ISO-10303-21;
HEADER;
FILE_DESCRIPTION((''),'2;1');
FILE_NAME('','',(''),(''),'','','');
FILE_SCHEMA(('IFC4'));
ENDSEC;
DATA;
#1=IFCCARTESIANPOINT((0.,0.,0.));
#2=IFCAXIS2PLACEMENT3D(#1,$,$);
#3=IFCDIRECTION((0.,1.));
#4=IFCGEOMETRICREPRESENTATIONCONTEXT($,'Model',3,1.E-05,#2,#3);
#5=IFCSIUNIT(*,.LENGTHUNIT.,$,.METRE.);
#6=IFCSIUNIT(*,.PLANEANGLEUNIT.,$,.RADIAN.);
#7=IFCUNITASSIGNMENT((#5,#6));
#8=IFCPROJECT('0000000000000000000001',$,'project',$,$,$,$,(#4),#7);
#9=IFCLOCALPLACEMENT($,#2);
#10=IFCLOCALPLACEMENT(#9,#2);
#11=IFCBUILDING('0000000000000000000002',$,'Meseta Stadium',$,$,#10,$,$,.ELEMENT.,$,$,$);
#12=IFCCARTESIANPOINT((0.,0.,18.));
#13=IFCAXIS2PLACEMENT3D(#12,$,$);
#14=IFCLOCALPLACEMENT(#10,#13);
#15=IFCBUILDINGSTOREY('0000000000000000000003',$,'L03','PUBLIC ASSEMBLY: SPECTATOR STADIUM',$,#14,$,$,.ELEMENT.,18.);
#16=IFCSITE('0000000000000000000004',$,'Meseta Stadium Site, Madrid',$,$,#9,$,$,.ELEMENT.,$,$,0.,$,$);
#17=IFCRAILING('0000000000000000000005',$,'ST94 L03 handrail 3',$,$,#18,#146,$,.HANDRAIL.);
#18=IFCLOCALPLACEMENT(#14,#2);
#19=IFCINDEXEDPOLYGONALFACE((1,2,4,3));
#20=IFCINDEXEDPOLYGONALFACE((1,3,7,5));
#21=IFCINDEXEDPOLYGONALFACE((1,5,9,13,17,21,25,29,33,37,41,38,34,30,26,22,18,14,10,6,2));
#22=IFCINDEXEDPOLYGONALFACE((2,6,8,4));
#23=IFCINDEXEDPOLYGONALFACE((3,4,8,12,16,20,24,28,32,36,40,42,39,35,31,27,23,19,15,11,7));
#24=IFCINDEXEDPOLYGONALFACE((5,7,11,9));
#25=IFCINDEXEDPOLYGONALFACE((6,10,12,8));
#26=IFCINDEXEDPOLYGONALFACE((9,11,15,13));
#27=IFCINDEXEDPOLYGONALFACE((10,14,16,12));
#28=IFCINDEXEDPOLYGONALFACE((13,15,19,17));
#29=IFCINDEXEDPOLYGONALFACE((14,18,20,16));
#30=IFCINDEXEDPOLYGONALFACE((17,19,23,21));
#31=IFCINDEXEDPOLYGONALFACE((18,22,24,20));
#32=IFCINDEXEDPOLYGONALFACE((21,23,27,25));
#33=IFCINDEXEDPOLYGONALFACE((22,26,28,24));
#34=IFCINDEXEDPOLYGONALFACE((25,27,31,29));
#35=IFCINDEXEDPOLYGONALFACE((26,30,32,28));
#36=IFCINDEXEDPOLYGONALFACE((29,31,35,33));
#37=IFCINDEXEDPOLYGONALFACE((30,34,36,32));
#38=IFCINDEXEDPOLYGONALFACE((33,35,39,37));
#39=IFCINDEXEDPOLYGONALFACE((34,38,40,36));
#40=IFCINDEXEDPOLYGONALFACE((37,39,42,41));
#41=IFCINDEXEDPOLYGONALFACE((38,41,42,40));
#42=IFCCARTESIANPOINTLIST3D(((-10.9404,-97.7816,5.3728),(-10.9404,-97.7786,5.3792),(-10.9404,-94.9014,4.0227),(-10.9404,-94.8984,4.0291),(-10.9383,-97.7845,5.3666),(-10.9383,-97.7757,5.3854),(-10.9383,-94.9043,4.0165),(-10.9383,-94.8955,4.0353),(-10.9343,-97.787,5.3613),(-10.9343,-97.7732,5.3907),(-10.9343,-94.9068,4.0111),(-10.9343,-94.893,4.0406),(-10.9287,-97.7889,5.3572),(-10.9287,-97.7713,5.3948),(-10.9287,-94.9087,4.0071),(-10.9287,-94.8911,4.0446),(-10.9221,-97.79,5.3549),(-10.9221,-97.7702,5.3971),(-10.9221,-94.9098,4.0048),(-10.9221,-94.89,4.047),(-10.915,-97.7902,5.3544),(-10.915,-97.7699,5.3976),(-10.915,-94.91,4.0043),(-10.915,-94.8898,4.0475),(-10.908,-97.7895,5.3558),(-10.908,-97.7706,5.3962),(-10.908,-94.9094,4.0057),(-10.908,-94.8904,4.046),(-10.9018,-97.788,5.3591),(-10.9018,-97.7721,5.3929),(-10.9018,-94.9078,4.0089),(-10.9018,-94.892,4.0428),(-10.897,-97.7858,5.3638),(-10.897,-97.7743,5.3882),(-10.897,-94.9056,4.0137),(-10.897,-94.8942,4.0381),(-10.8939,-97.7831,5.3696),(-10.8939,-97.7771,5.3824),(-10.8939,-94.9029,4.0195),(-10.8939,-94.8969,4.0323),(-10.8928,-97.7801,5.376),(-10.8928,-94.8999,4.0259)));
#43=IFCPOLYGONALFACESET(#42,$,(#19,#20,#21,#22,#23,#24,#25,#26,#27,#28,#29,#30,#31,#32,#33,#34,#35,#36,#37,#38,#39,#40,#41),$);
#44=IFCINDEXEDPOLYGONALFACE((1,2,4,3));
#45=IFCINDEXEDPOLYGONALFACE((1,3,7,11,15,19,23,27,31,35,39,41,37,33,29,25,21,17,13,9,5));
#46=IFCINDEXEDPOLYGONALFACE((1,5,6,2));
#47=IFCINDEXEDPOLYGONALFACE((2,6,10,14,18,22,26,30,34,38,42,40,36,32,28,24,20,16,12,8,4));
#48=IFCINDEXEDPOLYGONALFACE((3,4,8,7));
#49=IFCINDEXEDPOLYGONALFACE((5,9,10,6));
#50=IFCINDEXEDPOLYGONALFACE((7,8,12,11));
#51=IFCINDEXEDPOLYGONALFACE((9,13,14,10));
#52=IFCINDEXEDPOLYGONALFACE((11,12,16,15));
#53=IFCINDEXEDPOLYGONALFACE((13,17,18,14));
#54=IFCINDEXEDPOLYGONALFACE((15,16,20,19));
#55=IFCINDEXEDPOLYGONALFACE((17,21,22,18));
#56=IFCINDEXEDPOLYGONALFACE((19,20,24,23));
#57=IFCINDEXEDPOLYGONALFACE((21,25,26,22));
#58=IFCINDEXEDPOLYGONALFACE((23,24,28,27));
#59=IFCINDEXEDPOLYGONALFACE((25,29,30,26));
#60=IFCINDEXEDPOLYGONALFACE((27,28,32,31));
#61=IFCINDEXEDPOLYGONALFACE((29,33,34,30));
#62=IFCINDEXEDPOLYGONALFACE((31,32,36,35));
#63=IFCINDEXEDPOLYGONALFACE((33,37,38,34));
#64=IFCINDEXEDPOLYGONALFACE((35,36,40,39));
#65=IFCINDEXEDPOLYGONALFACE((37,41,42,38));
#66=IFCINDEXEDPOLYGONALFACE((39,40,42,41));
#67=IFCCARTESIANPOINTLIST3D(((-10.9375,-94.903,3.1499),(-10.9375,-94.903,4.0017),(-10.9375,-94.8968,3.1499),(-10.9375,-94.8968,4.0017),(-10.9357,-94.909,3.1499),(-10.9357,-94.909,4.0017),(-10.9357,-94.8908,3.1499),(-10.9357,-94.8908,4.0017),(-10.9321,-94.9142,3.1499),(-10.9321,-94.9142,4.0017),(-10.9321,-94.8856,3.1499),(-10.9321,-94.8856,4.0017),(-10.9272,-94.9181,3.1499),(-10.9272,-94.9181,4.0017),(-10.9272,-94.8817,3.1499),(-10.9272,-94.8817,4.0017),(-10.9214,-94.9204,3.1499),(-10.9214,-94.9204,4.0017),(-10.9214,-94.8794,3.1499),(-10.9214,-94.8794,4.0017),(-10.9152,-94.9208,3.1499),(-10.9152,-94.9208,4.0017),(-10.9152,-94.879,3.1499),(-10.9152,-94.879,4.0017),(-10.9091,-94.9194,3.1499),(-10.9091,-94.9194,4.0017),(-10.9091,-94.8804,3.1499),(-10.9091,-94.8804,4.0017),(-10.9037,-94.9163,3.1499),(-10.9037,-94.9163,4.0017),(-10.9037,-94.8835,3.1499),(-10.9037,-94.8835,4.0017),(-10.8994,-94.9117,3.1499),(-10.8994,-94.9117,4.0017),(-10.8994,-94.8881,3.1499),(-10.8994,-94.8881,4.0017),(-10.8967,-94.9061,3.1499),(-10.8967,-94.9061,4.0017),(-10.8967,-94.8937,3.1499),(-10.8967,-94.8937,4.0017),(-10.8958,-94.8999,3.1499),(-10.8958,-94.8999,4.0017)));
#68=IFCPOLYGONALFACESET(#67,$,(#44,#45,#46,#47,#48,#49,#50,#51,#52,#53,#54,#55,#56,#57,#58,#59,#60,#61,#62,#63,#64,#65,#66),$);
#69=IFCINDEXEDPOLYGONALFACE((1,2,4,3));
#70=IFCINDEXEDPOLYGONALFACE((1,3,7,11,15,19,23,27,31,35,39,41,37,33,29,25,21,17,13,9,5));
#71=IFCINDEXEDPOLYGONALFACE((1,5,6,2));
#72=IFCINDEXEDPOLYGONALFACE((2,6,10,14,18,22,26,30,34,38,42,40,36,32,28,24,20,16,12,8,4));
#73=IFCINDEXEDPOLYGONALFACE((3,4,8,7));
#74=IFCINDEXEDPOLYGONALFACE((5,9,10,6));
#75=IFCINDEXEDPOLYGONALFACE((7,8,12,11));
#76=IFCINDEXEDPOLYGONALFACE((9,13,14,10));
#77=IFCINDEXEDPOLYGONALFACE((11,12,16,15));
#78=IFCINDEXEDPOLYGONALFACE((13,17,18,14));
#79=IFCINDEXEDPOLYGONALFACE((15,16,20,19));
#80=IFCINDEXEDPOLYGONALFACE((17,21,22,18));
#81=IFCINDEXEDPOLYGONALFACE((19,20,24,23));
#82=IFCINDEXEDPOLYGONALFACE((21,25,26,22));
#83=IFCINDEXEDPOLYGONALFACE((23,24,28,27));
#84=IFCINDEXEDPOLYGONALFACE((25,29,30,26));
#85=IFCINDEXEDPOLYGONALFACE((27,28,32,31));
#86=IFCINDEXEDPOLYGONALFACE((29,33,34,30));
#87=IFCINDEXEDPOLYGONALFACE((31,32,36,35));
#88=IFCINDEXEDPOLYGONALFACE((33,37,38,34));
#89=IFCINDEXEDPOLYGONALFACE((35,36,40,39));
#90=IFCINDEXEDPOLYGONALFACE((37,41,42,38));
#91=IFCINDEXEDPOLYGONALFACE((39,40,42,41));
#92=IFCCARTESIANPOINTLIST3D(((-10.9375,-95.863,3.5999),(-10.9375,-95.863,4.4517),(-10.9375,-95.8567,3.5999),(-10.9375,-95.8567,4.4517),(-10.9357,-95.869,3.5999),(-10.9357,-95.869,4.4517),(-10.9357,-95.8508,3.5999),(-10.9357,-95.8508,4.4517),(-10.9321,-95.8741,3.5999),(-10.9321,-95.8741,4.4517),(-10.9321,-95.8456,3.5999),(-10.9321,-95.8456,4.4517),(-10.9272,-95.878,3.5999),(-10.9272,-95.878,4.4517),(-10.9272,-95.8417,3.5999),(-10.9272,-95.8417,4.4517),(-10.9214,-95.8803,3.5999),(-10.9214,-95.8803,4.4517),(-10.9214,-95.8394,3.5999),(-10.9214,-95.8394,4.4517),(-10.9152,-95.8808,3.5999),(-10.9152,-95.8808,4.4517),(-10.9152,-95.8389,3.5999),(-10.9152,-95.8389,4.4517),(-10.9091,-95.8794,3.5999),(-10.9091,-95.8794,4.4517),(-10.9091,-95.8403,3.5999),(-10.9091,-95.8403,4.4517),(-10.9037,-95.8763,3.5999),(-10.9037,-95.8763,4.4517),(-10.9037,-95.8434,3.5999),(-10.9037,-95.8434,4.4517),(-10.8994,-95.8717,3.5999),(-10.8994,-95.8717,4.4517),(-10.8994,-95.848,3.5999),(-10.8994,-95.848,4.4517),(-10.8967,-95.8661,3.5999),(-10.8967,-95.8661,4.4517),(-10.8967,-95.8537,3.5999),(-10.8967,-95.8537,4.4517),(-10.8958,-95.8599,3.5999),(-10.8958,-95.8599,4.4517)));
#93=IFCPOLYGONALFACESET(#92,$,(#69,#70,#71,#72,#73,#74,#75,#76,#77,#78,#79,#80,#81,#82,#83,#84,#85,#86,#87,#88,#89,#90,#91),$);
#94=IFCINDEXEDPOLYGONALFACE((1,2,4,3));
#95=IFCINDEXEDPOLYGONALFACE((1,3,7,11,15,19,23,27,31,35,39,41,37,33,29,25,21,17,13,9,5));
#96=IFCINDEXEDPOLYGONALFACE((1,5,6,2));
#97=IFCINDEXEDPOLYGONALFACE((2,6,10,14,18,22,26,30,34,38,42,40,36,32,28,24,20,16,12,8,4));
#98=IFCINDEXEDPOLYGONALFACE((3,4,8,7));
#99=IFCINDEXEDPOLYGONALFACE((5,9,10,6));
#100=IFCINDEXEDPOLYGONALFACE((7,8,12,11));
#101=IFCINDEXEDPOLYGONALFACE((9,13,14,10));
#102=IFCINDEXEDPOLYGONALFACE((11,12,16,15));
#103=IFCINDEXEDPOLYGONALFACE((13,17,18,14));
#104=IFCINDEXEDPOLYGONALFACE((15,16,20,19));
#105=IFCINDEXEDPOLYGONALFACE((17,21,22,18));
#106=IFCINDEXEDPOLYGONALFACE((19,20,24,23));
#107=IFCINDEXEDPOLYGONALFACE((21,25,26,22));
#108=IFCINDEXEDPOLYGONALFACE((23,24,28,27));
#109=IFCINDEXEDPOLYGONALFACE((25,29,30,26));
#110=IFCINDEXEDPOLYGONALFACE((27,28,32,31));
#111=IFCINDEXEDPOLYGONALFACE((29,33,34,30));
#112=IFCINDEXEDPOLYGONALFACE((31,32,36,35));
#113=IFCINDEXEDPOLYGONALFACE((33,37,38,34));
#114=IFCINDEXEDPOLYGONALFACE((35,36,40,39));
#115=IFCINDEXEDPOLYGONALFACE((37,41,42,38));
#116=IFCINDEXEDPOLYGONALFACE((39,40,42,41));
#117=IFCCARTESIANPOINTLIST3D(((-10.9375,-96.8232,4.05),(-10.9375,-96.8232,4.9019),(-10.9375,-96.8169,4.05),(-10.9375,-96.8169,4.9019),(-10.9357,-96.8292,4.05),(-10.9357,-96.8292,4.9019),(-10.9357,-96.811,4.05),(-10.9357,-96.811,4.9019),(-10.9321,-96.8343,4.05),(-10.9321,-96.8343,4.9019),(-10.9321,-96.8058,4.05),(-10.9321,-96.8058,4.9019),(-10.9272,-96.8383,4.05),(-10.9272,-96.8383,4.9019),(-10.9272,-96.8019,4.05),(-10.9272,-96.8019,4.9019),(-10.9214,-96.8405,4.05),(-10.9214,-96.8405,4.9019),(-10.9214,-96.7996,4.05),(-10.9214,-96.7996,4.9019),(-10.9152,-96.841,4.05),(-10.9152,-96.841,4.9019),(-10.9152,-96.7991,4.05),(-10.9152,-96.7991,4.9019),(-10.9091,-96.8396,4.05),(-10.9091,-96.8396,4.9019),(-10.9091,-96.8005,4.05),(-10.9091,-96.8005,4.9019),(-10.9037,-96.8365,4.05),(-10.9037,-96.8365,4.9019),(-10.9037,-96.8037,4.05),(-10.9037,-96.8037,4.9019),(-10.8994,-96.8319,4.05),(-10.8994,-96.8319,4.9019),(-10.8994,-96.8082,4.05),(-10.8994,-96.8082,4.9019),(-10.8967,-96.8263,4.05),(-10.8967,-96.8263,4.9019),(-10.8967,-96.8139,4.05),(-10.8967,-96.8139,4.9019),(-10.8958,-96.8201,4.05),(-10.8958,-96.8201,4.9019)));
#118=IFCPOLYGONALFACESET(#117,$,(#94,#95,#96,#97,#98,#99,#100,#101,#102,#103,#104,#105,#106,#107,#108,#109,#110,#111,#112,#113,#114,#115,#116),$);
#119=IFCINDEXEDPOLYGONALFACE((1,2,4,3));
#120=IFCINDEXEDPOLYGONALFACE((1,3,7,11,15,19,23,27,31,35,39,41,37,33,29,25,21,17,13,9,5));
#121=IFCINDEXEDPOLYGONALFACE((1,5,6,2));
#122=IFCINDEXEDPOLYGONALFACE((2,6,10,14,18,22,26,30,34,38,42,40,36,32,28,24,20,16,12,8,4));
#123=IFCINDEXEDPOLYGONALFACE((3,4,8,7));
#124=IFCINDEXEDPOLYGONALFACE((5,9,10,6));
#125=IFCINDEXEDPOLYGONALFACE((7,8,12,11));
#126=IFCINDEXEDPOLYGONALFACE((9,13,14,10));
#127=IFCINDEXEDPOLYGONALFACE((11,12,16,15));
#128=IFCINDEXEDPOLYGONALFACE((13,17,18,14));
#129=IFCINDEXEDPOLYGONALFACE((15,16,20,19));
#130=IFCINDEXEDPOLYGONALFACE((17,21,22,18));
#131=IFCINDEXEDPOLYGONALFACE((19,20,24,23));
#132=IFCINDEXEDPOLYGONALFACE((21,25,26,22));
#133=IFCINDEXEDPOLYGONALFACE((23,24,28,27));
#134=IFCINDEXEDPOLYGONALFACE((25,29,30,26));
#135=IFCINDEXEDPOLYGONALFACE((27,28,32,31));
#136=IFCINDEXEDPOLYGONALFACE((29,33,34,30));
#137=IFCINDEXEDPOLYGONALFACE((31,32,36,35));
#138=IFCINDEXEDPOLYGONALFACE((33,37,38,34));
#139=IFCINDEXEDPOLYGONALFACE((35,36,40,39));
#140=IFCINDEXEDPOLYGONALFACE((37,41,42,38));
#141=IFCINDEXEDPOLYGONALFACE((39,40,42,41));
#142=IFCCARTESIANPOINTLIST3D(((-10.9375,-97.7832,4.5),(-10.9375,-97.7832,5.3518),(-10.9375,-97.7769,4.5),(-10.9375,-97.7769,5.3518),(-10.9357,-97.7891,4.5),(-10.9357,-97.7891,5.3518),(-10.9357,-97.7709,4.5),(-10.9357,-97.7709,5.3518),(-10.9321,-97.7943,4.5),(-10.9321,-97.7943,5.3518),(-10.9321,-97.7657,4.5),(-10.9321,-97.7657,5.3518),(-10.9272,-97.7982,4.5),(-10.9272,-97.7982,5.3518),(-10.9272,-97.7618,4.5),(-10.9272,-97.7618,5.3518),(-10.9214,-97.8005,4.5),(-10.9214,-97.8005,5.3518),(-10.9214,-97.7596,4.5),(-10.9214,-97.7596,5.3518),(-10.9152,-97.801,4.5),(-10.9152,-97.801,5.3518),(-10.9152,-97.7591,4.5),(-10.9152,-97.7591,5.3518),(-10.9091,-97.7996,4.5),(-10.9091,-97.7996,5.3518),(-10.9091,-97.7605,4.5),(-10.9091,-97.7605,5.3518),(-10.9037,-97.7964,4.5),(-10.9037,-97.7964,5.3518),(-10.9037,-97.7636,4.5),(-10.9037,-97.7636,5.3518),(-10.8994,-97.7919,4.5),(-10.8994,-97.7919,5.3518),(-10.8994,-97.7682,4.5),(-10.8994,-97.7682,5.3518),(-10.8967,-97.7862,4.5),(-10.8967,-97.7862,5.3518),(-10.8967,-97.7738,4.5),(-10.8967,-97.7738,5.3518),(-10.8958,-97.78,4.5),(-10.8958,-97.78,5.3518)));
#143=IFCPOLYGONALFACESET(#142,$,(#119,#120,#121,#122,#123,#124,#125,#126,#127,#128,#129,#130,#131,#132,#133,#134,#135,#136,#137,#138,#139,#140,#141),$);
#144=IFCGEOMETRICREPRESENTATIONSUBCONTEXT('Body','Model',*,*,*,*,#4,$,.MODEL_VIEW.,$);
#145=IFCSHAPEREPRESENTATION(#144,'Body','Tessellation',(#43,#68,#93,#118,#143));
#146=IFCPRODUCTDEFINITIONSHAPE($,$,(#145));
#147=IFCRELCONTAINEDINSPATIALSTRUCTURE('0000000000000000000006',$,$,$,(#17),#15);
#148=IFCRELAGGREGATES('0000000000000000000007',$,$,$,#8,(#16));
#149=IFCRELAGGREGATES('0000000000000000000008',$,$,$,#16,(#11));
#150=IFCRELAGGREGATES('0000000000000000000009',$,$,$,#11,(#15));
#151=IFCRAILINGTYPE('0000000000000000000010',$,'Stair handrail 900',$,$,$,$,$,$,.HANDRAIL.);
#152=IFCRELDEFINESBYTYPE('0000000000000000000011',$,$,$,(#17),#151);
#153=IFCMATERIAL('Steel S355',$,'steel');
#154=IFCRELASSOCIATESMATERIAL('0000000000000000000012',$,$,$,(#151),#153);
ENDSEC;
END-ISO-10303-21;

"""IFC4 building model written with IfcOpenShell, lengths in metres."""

from ifc_helpers import new_model, si_unit, direction, frame, origin, origin_2d, place, context, subcontext, project, spatial, circle, extrude, material, type_object, element, save


model = new_model("IFC4")

# Units and contexts
model_context = context("Model", 3, precision=1e-05, world=origin(), true_north=direction((0.0, 1.0)))
body_context = subcontext(model_context, "Body", "Model", "MODEL_VIEW")
ifc_project = project(units=[si_unit("LENGTHUNIT", "METRE"), si_unit("PLANEANGLEUNIT", "RADIAN")], contexts=[model_context])

# Site, building, storey
site_placement = place(None, origin())
site = spatial("IfcSite", under=ifc_project, at=site_placement, Name="Meseta Stadium Site, Madrid", CompositionType="ELEMENT", RefElevation=0.0)
building_placement = place(site_placement, origin())
building = spatial("IfcBuilding", under=site, at=building_placement, Name="Meseta Stadium", CompositionType="ELEMENT")
storey_placement = place(building_placement, frame((0.0, 0.0, 18.0)))
storey = spatial("IfcBuildingStorey", under=building, at=storey_placement, Name="L03", Description="PUBLIC ASSEMBLY: SPECTATOR STADIUM", CompositionType="ELEMENT", Elevation=18.0)

# Railing
ifc_material_1 = material(Name="Steel S355", Category="steel")
railing_type_1 = type_object("IfcRailingType", Name="Stair handrail 900", PredefinedType="HANDRAIL", material=ifc_material_1)
railing_1_placement = place(storey_placement, frame((-10.9167, -94.8999, 3.1499)))
element("IfcRailing", 1, at=railing_1_placement, inside=storey, type_object=railing_type_1, Name="ST94 L03 handrail 3", PredefinedType="HANDRAIL", context=body_context, shape_type="SweptSolid", body=[
    extrude(circle(Radius=0.0239, at=origin_2d()), frame((0.0, 0.0, 0.876), z_axis=(0.0, -0.905454, 0.424444), x_axis=(1.0, 0.0, 0.0)), (0.0, 0.0, 1.0), 3.1809),
    extrude(circle(Radius=0.021, at=origin_2d()), origin(), (0.0, 0.0, 1.0), 0.8518),
    extrude(circle(Radius=0.021, at=origin_2d()), frame((0.0, -0.96, 0.45)), (0.0, 0.0, 1.0), 0.8518),
    extrude(circle(Radius=0.021, at=origin_2d()), frame((0.0, -1.9202, 0.9001)), (0.0, 0.0, 1.0), 0.8518),
    extrude(circle(Radius=0.021, at=origin_2d()), frame((0.0, -2.8801, 1.3501)), (0.0, 0.0, 1.0), 0.8518),
])

save(model, "model.ifc")
